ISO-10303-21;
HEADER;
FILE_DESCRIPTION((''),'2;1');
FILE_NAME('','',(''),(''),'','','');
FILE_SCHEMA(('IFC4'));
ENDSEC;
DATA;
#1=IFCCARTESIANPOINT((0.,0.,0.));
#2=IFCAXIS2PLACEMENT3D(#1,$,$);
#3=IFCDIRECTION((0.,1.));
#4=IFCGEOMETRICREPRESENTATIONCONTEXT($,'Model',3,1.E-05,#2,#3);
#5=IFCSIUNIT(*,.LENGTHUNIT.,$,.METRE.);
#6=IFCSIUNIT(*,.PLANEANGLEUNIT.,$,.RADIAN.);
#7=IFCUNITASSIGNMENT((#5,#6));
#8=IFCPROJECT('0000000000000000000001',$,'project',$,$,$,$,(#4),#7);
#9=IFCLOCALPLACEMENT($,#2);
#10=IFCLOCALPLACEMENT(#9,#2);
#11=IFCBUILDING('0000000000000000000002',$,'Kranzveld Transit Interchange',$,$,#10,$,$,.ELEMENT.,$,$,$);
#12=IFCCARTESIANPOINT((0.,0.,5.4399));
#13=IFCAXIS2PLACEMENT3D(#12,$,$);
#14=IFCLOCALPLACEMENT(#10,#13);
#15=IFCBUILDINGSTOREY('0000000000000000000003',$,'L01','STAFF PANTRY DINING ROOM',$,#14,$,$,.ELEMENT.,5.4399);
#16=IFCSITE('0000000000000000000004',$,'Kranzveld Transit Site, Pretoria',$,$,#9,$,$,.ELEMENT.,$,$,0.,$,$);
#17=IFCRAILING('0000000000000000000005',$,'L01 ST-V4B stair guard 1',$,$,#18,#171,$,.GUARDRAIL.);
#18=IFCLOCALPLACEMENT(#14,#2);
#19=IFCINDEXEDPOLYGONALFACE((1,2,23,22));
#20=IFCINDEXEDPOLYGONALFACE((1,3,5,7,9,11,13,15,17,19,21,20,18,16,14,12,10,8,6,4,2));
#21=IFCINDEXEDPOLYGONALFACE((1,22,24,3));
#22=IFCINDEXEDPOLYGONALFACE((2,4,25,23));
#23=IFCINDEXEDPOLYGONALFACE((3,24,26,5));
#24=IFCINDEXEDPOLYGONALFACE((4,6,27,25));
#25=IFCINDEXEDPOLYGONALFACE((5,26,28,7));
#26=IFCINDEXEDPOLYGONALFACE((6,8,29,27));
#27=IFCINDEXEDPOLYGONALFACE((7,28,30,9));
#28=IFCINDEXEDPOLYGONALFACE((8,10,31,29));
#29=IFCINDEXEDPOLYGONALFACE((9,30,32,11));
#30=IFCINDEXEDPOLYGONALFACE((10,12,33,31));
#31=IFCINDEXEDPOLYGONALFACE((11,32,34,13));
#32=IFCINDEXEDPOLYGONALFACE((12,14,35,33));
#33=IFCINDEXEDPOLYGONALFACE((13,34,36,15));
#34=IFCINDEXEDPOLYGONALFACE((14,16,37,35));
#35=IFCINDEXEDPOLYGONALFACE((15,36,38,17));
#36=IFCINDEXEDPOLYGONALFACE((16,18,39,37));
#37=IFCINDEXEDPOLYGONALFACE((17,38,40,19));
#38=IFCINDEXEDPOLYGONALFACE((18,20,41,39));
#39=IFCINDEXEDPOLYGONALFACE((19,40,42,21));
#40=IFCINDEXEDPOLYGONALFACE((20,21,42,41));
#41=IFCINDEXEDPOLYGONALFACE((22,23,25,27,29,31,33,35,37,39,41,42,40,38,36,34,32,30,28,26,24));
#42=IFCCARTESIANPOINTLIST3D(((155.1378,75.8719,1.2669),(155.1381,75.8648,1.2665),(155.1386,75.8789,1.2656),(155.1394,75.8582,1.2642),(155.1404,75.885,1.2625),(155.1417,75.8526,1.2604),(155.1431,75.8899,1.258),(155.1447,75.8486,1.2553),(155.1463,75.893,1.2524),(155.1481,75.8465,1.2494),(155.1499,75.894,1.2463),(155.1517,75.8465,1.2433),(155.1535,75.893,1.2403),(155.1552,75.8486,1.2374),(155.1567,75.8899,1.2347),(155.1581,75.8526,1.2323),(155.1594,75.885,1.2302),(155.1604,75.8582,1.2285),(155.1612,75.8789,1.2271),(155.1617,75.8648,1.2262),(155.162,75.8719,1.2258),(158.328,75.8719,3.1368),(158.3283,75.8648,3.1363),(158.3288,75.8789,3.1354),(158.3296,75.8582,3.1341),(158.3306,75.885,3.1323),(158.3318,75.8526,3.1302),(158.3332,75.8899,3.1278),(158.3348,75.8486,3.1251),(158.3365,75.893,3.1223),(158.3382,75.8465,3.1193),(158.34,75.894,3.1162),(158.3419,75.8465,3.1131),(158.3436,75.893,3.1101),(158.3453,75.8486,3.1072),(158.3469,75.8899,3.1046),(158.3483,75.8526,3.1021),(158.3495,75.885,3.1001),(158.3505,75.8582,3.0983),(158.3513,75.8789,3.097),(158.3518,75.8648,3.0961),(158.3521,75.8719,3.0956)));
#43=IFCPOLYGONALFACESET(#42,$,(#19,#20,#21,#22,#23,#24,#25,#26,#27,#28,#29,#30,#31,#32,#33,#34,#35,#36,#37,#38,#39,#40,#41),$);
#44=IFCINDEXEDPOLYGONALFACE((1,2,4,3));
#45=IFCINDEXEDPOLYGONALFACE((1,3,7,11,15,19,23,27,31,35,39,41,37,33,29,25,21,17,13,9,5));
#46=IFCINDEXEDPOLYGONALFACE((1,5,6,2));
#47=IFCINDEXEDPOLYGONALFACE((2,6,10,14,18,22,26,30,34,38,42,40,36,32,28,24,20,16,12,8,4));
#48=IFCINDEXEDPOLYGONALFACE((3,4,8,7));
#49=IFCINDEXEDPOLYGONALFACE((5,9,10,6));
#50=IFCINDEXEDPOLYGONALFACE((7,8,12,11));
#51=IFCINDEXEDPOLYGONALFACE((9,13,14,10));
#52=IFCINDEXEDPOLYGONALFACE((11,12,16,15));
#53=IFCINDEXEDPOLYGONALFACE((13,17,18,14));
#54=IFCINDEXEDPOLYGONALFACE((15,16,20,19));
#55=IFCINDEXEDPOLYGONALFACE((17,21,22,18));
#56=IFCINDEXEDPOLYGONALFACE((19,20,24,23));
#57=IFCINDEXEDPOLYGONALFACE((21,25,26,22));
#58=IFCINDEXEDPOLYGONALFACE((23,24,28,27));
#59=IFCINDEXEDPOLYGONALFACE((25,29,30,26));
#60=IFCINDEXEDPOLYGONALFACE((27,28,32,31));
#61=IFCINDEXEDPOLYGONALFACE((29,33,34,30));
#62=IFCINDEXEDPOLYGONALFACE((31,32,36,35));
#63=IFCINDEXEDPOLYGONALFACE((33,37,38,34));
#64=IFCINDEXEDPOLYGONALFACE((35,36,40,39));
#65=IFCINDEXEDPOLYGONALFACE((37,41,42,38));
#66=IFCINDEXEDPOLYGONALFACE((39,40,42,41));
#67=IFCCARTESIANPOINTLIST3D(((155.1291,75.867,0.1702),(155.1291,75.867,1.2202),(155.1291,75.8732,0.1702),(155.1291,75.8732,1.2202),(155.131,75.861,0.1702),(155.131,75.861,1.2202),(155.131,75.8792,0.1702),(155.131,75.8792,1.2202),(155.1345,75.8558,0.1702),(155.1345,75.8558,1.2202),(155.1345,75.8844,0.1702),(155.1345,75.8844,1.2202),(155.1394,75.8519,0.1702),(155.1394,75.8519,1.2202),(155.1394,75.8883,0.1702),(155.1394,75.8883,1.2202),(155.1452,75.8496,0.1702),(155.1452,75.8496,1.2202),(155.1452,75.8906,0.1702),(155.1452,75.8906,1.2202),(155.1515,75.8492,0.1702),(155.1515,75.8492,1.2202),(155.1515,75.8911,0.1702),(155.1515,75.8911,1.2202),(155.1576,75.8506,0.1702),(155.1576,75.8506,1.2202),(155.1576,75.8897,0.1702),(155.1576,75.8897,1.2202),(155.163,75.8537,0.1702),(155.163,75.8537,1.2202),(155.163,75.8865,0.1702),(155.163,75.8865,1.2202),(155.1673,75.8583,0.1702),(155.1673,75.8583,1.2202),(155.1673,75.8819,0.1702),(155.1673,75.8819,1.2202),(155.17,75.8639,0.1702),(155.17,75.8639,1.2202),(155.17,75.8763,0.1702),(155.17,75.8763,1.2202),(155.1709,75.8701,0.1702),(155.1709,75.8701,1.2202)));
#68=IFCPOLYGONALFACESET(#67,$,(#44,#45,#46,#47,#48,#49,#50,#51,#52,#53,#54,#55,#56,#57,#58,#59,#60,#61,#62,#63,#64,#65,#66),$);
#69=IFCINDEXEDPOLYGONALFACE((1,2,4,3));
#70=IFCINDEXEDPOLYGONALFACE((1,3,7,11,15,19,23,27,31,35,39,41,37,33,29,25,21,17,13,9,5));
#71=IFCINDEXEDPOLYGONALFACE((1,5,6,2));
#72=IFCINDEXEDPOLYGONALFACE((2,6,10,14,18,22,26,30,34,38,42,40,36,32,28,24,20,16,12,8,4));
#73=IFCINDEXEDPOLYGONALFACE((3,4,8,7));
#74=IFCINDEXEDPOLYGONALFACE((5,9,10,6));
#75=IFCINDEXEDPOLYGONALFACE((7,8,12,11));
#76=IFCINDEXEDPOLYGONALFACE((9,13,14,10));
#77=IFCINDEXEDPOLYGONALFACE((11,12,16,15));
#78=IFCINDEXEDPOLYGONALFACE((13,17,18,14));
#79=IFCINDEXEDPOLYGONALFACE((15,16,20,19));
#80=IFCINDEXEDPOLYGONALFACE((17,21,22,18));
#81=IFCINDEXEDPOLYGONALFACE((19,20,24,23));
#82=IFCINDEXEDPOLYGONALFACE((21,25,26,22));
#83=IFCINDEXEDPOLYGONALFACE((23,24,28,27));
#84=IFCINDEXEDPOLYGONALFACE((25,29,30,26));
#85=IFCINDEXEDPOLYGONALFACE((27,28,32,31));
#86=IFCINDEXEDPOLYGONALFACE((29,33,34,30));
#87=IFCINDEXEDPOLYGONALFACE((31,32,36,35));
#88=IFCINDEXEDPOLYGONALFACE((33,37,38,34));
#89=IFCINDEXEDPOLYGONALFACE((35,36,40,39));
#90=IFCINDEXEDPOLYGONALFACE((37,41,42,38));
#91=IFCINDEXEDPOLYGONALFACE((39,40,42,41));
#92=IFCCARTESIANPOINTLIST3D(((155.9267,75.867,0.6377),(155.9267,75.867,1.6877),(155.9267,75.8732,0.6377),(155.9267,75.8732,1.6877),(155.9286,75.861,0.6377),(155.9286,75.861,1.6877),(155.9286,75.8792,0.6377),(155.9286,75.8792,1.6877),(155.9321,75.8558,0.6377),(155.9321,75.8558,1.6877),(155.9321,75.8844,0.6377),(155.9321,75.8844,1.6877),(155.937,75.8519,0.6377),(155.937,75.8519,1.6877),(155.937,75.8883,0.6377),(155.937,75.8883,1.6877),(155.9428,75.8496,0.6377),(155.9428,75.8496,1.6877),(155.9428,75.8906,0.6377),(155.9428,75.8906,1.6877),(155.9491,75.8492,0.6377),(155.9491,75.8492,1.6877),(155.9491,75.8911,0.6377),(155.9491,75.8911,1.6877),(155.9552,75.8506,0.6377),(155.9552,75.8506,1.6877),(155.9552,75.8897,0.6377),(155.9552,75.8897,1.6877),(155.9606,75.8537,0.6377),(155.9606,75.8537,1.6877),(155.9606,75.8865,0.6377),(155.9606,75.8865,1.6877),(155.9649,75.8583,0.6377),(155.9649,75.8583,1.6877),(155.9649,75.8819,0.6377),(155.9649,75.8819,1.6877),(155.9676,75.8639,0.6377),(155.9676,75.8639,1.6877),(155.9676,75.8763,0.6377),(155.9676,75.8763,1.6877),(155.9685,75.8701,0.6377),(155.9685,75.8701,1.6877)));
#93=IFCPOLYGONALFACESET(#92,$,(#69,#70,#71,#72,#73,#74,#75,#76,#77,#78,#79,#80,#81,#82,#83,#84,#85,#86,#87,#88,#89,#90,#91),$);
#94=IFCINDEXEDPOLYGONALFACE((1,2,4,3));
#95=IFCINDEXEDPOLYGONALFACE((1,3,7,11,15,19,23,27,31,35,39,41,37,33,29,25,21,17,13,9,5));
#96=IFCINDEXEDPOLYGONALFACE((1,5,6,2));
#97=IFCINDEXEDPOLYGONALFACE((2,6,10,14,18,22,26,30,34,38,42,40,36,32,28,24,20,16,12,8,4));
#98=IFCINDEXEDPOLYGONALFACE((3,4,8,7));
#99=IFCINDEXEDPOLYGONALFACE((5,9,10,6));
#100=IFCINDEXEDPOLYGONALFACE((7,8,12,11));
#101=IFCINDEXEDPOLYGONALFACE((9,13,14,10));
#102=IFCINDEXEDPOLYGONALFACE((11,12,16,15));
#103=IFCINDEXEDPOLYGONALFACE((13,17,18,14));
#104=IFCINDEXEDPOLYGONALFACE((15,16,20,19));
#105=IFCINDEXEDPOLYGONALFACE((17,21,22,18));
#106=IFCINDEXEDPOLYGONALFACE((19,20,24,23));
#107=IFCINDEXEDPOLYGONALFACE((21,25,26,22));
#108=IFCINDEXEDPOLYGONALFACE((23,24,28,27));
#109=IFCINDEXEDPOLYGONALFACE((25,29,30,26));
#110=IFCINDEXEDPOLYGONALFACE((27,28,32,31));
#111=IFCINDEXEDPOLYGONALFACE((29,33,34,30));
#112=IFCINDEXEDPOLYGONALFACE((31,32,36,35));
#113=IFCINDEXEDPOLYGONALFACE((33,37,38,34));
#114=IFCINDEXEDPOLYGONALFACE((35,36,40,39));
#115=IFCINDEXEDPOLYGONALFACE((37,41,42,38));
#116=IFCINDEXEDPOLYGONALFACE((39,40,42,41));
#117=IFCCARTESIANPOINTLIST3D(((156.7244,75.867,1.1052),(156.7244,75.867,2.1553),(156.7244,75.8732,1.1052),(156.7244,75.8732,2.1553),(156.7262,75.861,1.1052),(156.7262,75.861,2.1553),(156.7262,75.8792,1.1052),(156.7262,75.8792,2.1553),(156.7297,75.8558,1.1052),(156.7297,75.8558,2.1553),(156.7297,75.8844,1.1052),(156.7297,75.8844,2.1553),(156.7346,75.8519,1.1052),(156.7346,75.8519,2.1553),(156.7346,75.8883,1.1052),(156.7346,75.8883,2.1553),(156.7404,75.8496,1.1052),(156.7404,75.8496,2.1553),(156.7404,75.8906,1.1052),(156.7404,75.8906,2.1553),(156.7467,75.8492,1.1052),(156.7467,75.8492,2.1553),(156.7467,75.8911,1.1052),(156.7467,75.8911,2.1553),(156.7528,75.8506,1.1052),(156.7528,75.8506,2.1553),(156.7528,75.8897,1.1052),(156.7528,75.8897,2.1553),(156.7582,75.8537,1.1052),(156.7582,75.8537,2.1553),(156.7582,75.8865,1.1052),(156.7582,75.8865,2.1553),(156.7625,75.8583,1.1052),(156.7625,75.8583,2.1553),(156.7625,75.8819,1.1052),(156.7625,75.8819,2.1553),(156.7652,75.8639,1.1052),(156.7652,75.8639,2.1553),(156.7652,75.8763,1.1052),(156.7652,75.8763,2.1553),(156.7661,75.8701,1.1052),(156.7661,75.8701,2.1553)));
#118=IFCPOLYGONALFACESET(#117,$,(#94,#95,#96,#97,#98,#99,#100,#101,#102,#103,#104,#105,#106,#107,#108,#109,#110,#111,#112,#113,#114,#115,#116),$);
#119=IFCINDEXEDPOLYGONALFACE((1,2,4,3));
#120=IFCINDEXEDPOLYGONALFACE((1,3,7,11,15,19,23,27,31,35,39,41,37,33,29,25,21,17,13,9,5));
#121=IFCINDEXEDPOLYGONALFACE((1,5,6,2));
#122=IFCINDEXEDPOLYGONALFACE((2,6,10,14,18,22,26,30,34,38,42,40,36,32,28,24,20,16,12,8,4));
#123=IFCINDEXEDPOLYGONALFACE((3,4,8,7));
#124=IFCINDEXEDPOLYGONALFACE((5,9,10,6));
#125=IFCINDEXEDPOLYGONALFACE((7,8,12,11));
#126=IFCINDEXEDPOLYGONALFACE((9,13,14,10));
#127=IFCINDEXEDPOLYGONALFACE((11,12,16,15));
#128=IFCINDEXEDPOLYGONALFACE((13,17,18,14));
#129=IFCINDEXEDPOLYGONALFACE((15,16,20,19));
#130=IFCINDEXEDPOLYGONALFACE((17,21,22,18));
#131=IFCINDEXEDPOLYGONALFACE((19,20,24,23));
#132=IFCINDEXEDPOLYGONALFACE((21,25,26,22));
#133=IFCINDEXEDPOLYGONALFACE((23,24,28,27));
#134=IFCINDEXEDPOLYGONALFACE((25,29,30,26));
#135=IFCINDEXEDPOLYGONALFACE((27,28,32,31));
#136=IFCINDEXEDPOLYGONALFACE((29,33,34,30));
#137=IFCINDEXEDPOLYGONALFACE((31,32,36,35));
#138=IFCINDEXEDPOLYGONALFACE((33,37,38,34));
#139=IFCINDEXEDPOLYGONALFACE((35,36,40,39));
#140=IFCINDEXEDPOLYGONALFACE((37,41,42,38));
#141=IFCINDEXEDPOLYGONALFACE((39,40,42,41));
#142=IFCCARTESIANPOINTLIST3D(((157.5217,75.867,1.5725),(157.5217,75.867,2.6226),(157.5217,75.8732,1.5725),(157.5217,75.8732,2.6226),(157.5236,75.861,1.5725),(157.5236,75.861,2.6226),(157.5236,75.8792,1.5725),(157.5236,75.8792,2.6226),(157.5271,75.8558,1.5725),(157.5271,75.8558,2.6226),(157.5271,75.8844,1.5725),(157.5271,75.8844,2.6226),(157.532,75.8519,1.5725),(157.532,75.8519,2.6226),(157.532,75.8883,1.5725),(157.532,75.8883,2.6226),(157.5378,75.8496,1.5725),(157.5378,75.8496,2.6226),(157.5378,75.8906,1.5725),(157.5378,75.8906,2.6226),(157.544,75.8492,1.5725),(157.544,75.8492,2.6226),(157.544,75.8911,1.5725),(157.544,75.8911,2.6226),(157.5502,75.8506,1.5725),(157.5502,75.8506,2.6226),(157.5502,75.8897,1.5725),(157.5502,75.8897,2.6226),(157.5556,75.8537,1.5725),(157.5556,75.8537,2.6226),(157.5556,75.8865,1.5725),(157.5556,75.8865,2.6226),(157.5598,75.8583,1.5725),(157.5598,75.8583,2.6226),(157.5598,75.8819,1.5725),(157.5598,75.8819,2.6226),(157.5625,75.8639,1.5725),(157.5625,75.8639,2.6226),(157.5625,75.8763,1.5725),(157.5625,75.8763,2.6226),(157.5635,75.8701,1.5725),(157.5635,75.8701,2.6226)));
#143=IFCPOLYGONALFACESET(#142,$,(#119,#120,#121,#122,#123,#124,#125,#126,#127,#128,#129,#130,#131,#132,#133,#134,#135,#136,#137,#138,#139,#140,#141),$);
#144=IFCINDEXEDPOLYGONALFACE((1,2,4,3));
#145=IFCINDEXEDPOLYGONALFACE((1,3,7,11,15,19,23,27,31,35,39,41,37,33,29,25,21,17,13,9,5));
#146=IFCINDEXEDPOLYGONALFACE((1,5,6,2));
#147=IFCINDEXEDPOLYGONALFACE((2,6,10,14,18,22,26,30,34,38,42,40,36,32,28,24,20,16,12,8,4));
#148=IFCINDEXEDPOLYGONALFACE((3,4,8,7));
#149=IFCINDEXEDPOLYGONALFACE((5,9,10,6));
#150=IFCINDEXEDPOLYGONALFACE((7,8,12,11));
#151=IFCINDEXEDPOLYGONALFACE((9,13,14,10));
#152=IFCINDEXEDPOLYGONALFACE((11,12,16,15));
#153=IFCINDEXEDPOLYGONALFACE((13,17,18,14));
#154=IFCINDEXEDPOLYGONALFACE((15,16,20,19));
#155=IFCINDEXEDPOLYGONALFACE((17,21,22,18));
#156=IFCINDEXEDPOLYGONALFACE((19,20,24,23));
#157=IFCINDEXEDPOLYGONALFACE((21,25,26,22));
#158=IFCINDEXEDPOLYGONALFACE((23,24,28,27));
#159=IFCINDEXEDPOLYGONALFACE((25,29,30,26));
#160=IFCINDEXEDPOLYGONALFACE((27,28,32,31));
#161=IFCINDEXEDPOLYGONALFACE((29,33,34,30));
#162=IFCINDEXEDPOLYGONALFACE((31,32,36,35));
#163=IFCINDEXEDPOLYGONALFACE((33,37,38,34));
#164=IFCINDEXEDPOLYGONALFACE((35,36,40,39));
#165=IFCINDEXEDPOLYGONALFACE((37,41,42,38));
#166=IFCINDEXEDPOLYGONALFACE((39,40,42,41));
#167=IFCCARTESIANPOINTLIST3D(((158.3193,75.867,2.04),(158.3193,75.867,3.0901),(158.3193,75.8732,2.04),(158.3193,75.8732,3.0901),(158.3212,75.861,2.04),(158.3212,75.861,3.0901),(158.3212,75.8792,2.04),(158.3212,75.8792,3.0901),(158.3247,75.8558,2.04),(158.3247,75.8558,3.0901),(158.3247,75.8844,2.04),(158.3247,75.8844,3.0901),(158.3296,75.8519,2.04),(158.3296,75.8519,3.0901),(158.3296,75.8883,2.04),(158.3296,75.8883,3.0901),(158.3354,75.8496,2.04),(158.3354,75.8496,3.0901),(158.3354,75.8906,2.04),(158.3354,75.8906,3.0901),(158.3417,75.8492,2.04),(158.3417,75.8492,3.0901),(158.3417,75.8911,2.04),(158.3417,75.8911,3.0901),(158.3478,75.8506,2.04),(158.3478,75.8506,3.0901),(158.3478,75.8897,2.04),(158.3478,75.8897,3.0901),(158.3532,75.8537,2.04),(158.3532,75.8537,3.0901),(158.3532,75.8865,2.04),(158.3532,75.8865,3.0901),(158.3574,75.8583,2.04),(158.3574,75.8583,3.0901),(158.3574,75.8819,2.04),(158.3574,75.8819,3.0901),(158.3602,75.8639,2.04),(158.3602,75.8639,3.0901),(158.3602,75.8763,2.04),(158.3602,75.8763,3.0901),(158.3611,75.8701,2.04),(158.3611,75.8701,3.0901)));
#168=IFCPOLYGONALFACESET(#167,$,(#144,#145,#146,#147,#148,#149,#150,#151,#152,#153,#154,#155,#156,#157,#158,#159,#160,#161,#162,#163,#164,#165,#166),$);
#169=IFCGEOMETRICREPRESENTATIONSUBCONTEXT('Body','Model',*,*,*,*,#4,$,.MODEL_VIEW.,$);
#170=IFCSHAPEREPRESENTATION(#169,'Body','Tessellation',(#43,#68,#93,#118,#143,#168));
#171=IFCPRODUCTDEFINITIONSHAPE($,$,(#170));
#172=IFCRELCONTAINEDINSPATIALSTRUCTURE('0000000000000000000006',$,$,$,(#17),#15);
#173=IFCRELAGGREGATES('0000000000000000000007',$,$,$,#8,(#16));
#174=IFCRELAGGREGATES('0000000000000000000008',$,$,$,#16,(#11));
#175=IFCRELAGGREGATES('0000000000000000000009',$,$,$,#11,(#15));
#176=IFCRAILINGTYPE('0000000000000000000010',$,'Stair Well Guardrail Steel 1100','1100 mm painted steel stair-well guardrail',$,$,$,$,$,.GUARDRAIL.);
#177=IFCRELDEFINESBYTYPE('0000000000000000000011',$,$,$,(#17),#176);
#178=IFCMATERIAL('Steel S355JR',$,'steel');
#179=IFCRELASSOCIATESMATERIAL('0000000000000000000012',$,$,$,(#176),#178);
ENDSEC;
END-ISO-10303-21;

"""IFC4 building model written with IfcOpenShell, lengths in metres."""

from ifc_helpers import new_model, si_unit, direction, frame, origin, origin_2d, place, context, subcontext, project, spatial, circle, extrude, material, type_object, element, save


model = new_model("IFC4")

# Units and contexts
model_context = context("Model", 3, precision=1e-05, world=origin(), true_north=direction((0.0, 1.0)))
body_context = subcontext(model_context, "Body", "Model", "MODEL_VIEW")
ifc_project = project(units=[si_unit("LENGTHUNIT", "METRE"), si_unit("PLANEANGLEUNIT", "RADIAN")], contexts=[model_context])

# Site, building, storey
site_placement = place(None, origin())
site = spatial("IfcSite", under=ifc_project, at=site_placement, Name="Kranzveld Transit Site, Pretoria", CompositionType="ELEMENT", RefElevation=0.0)
building_placement = place(site_placement, origin())
building = spatial("IfcBuilding", under=site, at=building_placement, Name="Kranzveld Transit Interchange", CompositionType="ELEMENT")
storey_placement = place(building_placement, frame((0.0, 0.0, 5.4399)))
storey = spatial("IfcBuildingStorey", under=building, at=storey_placement, Name="L01", Description="STAFF PANTRY DINING ROOM", CompositionType="ELEMENT", Elevation=5.4399)

# Railing
ifc_material_1 = material(Name="Steel S355JR", Category="steel")
railing_type_1 = type_object("IfcRailingType", Name="Stair Well Guardrail Steel 1100", Description="1100 mm painted steel stair-well guardrail", PredefinedType="GUARDRAIL", material=ifc_material_1)
railing_1_placement = place(storey_placement, frame((155.1499, 75.8701, 0.1702)))
element("IfcRailing", 1, at=railing_1_placement, inside=storey, type_object=railing_type_1, Name="L01 ST-V4B stair guard 1", PredefinedType="GUARDRAIL", context=body_context, shape_type="SweptSolid", body=[
    extrude(circle(Radius=0.0239, at=origin_2d()), frame((0.0, 0.0, 1.0762), z_axis=(0.862726, 0.0, 0.505672), x_axis=(0.0, 1.0, 0.0)), (0.0, 0.0, 1.0), 3.6978),
    extrude(circle(Radius=0.021, at=origin_2d()), origin(), (0.0, 0.0, 1.0), 1.05),
    extrude(circle(Radius=0.021, at=origin_2d()), frame((0.7976, 0.0, 0.4675)), (0.0, 0.0, 1.0), 1.05),
    extrude(circle(Radius=0.021, at=origin_2d()), frame((1.5952, 0.0, 0.9351)), (0.0, 0.0, 1.0), 1.05),
    extrude(circle(Radius=0.021, at=origin_2d()), frame((2.3926, 0.0, 1.4023)), (0.0, 0.0, 1.0), 1.05),
    extrude(circle(Radius=0.021, at=origin_2d()), frame((3.1902, 0.0, 1.8699)), (0.0, 0.0, 1.0), 1.05),
])

save(model, "model.ifc")
